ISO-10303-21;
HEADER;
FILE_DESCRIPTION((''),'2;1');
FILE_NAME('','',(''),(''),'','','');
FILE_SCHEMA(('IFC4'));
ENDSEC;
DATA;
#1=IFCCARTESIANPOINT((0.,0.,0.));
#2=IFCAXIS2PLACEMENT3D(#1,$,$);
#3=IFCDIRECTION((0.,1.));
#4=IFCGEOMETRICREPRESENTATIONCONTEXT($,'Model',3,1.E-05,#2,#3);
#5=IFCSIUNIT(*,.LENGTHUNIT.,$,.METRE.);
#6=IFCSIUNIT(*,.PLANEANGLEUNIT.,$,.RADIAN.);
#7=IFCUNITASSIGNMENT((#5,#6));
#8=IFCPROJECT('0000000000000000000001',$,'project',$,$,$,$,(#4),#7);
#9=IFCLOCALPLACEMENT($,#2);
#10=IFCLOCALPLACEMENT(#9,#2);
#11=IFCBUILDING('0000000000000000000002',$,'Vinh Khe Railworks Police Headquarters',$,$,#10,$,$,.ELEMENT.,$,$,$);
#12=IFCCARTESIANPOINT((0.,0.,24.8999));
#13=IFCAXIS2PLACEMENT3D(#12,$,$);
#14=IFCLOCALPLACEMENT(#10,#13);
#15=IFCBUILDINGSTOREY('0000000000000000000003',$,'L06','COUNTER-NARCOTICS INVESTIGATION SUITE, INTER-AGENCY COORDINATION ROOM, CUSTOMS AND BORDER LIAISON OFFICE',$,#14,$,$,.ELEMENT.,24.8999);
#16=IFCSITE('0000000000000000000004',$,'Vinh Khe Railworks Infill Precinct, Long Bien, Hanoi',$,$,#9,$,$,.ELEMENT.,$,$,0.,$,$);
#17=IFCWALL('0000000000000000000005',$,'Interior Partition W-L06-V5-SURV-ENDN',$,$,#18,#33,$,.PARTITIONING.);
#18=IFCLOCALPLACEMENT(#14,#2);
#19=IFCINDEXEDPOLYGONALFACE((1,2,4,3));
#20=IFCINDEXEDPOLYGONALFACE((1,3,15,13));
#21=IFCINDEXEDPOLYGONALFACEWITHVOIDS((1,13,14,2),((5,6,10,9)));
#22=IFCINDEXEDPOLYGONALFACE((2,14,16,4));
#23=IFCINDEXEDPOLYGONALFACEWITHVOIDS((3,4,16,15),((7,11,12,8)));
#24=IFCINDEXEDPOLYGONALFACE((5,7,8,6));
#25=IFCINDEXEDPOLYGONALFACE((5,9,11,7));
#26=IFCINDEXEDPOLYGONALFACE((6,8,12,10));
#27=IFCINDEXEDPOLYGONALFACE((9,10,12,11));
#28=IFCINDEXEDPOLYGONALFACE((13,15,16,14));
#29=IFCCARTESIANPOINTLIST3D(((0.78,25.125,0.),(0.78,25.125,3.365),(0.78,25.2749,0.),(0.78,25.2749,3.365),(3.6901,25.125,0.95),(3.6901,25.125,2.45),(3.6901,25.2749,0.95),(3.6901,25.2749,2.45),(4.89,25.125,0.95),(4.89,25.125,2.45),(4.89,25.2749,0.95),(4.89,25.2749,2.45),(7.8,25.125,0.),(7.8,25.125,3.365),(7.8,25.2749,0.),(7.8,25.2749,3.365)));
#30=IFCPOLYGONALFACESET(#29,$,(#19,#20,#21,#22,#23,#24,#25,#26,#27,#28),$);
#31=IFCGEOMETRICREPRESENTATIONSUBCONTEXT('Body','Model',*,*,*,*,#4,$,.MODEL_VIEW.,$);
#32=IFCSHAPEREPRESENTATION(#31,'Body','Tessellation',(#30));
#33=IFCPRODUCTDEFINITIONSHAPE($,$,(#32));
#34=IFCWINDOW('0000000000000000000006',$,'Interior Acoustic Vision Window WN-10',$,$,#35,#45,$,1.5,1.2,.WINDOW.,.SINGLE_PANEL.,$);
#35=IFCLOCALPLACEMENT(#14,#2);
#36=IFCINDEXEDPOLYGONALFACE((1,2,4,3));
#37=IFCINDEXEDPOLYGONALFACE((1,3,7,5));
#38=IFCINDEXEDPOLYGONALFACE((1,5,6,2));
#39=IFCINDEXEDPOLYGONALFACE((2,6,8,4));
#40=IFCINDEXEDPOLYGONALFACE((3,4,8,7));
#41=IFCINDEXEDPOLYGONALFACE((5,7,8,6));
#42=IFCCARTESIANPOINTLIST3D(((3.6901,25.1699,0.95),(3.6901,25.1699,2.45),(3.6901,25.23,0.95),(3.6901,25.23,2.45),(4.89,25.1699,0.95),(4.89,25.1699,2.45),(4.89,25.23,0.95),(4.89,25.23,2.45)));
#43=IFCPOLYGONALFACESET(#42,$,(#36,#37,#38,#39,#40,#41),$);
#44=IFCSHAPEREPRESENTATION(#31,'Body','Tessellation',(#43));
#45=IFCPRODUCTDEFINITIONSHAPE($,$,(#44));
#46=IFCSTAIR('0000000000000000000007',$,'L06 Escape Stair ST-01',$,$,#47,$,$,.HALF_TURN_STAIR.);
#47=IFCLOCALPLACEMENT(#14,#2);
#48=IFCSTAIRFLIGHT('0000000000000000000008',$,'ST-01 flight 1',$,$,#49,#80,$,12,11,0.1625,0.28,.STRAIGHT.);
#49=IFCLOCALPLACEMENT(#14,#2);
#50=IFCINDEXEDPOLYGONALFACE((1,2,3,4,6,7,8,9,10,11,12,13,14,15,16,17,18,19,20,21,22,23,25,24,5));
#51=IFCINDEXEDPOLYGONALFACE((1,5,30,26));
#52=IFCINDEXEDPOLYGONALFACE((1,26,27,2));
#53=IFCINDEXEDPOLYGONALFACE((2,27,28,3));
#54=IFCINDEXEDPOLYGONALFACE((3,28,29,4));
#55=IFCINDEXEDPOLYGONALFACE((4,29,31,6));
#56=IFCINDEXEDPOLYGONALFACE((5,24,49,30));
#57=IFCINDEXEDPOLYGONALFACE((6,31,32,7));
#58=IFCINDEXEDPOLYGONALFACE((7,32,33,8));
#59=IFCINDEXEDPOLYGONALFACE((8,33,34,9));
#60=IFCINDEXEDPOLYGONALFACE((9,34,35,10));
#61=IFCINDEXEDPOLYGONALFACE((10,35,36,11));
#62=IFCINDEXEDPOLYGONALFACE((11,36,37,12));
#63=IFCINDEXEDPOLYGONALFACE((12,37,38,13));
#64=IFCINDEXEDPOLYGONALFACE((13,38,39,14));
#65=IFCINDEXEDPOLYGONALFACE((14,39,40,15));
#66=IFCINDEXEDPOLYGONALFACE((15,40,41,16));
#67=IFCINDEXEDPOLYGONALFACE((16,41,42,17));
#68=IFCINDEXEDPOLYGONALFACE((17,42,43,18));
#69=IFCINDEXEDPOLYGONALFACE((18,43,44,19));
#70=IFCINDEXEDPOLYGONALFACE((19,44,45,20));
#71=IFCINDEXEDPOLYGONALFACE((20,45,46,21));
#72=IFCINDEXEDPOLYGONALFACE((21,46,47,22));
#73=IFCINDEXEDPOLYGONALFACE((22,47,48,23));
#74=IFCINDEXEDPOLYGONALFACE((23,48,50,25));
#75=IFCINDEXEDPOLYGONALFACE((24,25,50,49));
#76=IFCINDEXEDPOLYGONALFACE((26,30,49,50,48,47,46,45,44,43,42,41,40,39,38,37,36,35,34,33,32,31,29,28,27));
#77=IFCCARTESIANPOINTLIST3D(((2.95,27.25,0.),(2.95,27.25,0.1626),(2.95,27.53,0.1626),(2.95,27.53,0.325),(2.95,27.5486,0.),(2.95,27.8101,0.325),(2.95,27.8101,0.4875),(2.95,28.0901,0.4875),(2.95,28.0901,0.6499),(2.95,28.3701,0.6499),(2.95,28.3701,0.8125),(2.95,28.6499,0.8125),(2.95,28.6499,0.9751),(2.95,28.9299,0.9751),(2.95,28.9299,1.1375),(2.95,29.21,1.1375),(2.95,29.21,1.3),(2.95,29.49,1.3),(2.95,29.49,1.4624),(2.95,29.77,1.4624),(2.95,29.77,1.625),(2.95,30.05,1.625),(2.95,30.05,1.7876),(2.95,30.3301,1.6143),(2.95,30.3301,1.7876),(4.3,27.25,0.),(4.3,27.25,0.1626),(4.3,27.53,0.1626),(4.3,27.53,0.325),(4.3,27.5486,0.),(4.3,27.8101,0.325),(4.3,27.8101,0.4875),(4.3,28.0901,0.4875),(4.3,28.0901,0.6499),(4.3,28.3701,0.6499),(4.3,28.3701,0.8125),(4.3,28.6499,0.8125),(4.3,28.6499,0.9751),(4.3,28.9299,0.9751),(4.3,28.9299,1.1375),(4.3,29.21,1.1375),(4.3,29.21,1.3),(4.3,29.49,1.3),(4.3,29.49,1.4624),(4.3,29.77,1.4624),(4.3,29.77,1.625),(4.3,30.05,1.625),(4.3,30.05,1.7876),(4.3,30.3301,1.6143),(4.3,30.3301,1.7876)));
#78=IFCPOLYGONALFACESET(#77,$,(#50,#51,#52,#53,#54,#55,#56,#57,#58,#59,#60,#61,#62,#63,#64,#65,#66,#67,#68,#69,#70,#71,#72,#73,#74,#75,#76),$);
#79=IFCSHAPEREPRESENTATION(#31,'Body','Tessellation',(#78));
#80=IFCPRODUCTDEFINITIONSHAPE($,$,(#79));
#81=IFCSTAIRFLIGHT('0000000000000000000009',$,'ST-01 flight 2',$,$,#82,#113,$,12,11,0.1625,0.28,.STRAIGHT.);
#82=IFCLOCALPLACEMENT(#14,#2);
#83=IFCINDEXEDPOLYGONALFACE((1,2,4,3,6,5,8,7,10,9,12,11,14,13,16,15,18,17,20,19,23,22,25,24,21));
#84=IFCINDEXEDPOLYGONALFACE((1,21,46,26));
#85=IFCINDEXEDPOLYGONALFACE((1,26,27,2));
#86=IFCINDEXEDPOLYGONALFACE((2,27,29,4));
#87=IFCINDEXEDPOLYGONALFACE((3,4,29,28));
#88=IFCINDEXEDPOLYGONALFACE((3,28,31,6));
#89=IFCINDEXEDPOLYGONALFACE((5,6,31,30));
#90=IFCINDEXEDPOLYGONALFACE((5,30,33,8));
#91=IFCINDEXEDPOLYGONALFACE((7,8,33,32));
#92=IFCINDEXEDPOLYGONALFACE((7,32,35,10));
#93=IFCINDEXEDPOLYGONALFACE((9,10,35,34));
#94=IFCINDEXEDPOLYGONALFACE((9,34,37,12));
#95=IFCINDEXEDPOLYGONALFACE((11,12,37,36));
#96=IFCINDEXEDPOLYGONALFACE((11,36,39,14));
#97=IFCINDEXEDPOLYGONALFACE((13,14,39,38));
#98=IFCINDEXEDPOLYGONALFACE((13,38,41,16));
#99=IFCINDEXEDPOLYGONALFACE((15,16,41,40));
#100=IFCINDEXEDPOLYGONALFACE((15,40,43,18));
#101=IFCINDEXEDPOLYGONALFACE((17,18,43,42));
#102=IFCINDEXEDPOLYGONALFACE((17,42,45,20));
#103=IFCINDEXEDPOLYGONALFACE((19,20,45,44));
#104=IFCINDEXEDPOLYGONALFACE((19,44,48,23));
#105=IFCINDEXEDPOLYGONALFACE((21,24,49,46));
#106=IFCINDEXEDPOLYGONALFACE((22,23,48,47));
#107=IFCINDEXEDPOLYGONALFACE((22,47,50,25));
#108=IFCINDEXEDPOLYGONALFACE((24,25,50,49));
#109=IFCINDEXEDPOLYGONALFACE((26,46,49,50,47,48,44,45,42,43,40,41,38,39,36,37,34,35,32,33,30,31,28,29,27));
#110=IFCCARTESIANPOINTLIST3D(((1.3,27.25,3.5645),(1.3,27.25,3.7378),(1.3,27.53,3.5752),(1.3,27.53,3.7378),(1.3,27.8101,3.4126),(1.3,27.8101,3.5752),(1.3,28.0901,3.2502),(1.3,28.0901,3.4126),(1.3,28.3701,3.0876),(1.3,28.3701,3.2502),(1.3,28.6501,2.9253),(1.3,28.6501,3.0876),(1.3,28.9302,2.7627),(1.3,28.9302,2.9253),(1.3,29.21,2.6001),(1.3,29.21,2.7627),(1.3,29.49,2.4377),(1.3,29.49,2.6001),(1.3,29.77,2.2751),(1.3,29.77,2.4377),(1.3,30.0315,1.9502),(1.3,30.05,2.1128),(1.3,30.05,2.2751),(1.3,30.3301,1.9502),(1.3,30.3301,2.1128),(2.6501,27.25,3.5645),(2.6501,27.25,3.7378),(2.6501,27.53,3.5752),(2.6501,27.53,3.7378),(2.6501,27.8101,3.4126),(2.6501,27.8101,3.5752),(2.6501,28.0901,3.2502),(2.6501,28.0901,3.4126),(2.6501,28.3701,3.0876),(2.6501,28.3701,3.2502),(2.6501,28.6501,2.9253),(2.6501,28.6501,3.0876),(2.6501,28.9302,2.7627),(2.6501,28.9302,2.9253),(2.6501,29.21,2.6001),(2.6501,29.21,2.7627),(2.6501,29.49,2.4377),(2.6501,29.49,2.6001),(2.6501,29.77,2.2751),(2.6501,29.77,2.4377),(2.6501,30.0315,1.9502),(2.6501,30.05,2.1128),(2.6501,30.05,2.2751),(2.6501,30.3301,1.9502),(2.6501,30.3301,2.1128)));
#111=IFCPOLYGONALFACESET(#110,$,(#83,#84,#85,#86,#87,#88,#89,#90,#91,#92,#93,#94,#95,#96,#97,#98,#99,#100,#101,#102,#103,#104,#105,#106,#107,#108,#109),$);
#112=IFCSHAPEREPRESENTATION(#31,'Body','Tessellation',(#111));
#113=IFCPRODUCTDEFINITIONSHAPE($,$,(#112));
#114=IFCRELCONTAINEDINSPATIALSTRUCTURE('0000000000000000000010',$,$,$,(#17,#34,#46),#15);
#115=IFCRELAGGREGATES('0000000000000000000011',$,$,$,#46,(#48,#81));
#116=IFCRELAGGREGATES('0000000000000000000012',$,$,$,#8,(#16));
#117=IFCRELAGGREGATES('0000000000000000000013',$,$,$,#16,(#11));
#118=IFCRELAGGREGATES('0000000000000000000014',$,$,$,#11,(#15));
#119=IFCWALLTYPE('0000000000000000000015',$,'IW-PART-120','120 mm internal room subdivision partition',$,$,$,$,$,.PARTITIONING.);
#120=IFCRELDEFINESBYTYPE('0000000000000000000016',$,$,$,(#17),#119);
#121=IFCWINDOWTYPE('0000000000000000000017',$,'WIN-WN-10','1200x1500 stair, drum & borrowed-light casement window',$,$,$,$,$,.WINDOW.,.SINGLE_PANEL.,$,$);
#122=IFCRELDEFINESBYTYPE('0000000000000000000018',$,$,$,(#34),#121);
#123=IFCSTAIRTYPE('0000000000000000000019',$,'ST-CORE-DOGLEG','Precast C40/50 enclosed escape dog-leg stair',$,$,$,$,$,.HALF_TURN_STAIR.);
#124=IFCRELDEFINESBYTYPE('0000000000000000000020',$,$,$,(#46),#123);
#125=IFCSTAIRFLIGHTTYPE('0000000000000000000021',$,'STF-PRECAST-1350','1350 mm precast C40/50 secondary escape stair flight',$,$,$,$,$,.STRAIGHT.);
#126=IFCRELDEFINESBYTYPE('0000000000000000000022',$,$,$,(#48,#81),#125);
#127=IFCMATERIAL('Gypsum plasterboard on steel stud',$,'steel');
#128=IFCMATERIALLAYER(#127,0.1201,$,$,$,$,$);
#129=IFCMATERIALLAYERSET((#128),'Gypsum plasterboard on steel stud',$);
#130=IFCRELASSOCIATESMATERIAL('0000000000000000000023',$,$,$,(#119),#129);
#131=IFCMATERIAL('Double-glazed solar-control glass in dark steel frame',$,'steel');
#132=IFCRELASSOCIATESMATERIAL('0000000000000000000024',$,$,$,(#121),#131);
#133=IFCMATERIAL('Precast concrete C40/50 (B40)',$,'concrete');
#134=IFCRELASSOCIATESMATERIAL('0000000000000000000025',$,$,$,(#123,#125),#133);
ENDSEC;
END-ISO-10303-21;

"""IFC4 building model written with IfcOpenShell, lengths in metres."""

from ifc_helpers import new_model, si_unit, direction, frame, frame_2d, origin, place, context, subcontext, project, spatial, polyline, rectangle, outline, extrude, material, layer, layer_set, type_object, element, fill, aggregate, save


model = new_model("IFC4")

# Units and contexts
model_context = context("Model", 3, precision=1e-05, world=origin(), true_north=direction((0.0, 1.0)))
body_context = subcontext(model_context, "Body", "Model", "MODEL_VIEW")
ifc_project = project(units=[si_unit("LENGTHUNIT", "METRE"), si_unit("PLANEANGLEUNIT", "RADIAN")], contexts=[model_context])

# Site, building, storey
site_placement = place(None, origin())
site = spatial("IfcSite", under=ifc_project, at=site_placement, Name="Vinh Khe Railworks Infill Precinct, Long Bien, Hanoi", CompositionType="ELEMENT", RefElevation=0.0)
building_placement = place(site_placement, origin())
building = spatial("IfcBuilding", under=site, at=building_placement, Name="Vinh Khe Railworks Police Headquarters", CompositionType="ELEMENT")
storey_placement = place(building_placement, frame((0.0, 0.0, 24.8999)))
storey = spatial("IfcBuildingStorey", under=building, at=storey_placement, Name="L06", Description="COUNTER-NARCOTICS INVESTIGATION SUITE, INTER-AGENCY COORDINATION ROOM, CUSTOMS AND BORDER LIAISON OFFICE", CompositionType="ELEMENT", Elevation=24.8999)

# Wall, opening, window
ifc_material_1 = material(Name="Gypsum plasterboard on steel stud", Category="steel")
ifc_layer_1 = layer(ifc_material_1, 0.1201)
ifc_layer_set_1 = layer_set([ifc_layer_1], Name="Gypsum plasterboard on steel stud")
wall_type_1 = type_object("IfcWallType", Name="IW-PART-120", Description="120 mm internal room subdivision partition", PredefinedType="PARTITIONING", material=ifc_layer_set_1)
wall_1_placement = place(storey_placement, frame((0.78, 25.2, 0.0), z_axis=(0.0, 0.0, 1.0), x_axis=(1.0, 0.0, 0.0)))
wall_1 = element("IfcWall", 1, at=wall_1_placement, inside=storey, type_object=wall_type_1, Name="Interior Partition W-L06-V5-SURV-ENDN", PredefinedType="PARTITIONING", context=body_context, shape_type="SweptSolid", body=[
    extrude(rectangle(XDim=7.02, YDim=0.1499, at=frame_2d((3.51, 0.0))), origin(), (0.0, 0.0, 1.0), 3.365),
])
opening_1_placement = place(wall_1_placement, frame((2.9099, 0.0, 0.95)))
opening_1 = element("IfcOpeningElement", 2, at=opening_1_placement, cuts=wall_1, PredefinedType="OPENING", context=body_context, shape_type="SweptSolid", body=[
    extrude(rectangle(XDim=1.2, YDim=1.5, at=frame_2d((0.6001, 0.75))), frame((0.0, 0.0898, 0.0), z_axis=(0.0, -1.0, 0.0), x_axis=(1.0, 0.0, 0.0)), (0.0, 0.0, 1.0), 0.1797),
])
ifc_material_2 = material(Name="Double-glazed solar-control glass in dark steel frame", Category="steel")
window_type = type_object("IfcWindowType", Name="WIN-WN-10", Description="1200x1500 stair, drum & borrowed-light casement window", PartitioningType="SINGLE_PANEL", PredefinedType="WINDOW", material=ifc_material_2)
window_placement = place(opening_1_placement, origin())
window = element("IfcWindow", 3, at=window_placement, inside=storey, type_object=window_type, Name="Interior Acoustic Vision Window WN-10", OverallHeight=1.5, OverallWidth=1.2, PartitioningType="SINGLE_PANEL", PredefinedType="WINDOW", context=body_context, shape_type="SweptSolid", body=[
    extrude(rectangle(XDim=1.2, YDim=1.5, at=frame_2d((0.6001, 0.75))), frame((0.0, 0.03, 0.0), z_axis=(0.0, -1.0, 0.0), x_axis=(1.0, 0.0, 0.0)), (0.0, 0.0, 1.0), 0.0601),
])
fill(opening_1, window)

# Stair, stair flights
ifc_material_3 = material(Name="Precast concrete C40/50 (B40)", Category="concrete")
stair_type = type_object("IfcStairType", Name="ST-CORE-DOGLEG", Description="Precast C40/50 enclosed escape dog-leg stair", PredefinedType="HALF_TURN_STAIR", material=ifc_material_3)
stair_placement = place(storey_placement, origin())
stair = element("IfcStair", 4, at=stair_placement, inside=storey, type_object=stair_type, Name="L06 Escape Stair ST-01", PredefinedType="HALF_TURN_STAIR")
stair_flight_type = type_object("IfcStairFlightType", Name="STF-PRECAST-1350", Description="1350 mm precast C40/50 secondary escape stair flight", PredefinedType="STRAIGHT", material=ifc_material_3)
stair_flight_1_placement = place(storey_placement, frame((3.625, 27.25, 0.0), z_axis=(0.0, 0.0, 1.0), x_axis=(0.0, 1.0, 0.0)))
stair_flight_1 = element("IfcStairFlight", 5, at=stair_flight_1_placement, type_object=stair_flight_type, Name="ST-01 flight 1", NumberOfRisers=12, NumberOfTreads=11, PredefinedType="STRAIGHT", RiserHeight=0.1625, TreadLength=0.28, context=body_context, shape_type="SweptSolid", body=[
    extrude(outline(polyline([(0.0, 0.0), (0.0, 0.1626), (0.28, 0.1626), (0.28, 0.325), (0.5601, 0.325), (0.5601, 0.4875), (0.8401, 0.4875), (0.8401, 0.6499), (1.1201, 0.6499), (1.1201, 0.8125), (1.3999, 0.8125), (1.3999, 0.9751), (1.6799, 0.9751), (1.6799, 1.1375), (1.96, 1.1375), (1.96, 1.3), (2.24, 1.3), (2.24, 1.4624), (2.52, 1.4624), (2.52, 1.625), (2.8, 1.625), (2.8, 1.7876), (3.0801, 1.7876), (3.0801, 1.95), (3.0801, 1.6143), (0.2986, 0.0), (0.0, 0.0)])), frame((0.0, 0.675, 0.0), z_axis=(0.0, -1.0, 0.0), x_axis=(1.0, 0.0, 0.0)), (0.0, 0.0, 1.0), 1.3501),
])
stair_flight_2_placement = place(storey_placement, frame((1.9751, 30.3301, 1.9502), z_axis=(0.0, 0.0, 1.0), x_axis=(0.0, -1.0, 0.0)))
stair_flight_2 = element("IfcStairFlight", 6, at=stair_flight_2_placement, type_object=stair_flight_type, Name="ST-01 flight 2", NumberOfRisers=12, NumberOfTreads=11, PredefinedType="STRAIGHT", RiserHeight=0.1625, TreadLength=0.28, context=body_context, shape_type="SweptSolid", body=[
    extrude(outline(polyline([(0.0, 0.0), (0.0, 0.1626), (0.28, 0.1626), (0.28, 0.325), (0.5601, 0.325), (0.5601, 0.4875), (0.8401, 0.4875), (0.8401, 0.6499), (1.1201, 0.6499), (1.1201, 0.8125), (1.3999, 0.8125), (1.3999, 0.9751), (1.6799, 0.9751), (1.6799, 1.1375), (1.96, 1.1375), (1.96, 1.3), (2.24, 1.3), (2.24, 1.4624), (2.52, 1.4624), (2.52, 1.625), (2.8, 1.625), (2.8, 1.7876), (3.0801, 1.7876), (3.0801, 1.95), (3.0801, 1.6143), (0.2986, 0.0), (0.0, 0.0)])), frame((0.0, 0.675, 0.0), z_axis=(0.0, -1.0, 0.0), x_axis=(1.0, 0.0, 0.0)), (0.0, 0.0, 1.0), 1.3501),
])
aggregate(stair, [stair_flight_1, stair_flight_2])

save(model, "model.ifc")
